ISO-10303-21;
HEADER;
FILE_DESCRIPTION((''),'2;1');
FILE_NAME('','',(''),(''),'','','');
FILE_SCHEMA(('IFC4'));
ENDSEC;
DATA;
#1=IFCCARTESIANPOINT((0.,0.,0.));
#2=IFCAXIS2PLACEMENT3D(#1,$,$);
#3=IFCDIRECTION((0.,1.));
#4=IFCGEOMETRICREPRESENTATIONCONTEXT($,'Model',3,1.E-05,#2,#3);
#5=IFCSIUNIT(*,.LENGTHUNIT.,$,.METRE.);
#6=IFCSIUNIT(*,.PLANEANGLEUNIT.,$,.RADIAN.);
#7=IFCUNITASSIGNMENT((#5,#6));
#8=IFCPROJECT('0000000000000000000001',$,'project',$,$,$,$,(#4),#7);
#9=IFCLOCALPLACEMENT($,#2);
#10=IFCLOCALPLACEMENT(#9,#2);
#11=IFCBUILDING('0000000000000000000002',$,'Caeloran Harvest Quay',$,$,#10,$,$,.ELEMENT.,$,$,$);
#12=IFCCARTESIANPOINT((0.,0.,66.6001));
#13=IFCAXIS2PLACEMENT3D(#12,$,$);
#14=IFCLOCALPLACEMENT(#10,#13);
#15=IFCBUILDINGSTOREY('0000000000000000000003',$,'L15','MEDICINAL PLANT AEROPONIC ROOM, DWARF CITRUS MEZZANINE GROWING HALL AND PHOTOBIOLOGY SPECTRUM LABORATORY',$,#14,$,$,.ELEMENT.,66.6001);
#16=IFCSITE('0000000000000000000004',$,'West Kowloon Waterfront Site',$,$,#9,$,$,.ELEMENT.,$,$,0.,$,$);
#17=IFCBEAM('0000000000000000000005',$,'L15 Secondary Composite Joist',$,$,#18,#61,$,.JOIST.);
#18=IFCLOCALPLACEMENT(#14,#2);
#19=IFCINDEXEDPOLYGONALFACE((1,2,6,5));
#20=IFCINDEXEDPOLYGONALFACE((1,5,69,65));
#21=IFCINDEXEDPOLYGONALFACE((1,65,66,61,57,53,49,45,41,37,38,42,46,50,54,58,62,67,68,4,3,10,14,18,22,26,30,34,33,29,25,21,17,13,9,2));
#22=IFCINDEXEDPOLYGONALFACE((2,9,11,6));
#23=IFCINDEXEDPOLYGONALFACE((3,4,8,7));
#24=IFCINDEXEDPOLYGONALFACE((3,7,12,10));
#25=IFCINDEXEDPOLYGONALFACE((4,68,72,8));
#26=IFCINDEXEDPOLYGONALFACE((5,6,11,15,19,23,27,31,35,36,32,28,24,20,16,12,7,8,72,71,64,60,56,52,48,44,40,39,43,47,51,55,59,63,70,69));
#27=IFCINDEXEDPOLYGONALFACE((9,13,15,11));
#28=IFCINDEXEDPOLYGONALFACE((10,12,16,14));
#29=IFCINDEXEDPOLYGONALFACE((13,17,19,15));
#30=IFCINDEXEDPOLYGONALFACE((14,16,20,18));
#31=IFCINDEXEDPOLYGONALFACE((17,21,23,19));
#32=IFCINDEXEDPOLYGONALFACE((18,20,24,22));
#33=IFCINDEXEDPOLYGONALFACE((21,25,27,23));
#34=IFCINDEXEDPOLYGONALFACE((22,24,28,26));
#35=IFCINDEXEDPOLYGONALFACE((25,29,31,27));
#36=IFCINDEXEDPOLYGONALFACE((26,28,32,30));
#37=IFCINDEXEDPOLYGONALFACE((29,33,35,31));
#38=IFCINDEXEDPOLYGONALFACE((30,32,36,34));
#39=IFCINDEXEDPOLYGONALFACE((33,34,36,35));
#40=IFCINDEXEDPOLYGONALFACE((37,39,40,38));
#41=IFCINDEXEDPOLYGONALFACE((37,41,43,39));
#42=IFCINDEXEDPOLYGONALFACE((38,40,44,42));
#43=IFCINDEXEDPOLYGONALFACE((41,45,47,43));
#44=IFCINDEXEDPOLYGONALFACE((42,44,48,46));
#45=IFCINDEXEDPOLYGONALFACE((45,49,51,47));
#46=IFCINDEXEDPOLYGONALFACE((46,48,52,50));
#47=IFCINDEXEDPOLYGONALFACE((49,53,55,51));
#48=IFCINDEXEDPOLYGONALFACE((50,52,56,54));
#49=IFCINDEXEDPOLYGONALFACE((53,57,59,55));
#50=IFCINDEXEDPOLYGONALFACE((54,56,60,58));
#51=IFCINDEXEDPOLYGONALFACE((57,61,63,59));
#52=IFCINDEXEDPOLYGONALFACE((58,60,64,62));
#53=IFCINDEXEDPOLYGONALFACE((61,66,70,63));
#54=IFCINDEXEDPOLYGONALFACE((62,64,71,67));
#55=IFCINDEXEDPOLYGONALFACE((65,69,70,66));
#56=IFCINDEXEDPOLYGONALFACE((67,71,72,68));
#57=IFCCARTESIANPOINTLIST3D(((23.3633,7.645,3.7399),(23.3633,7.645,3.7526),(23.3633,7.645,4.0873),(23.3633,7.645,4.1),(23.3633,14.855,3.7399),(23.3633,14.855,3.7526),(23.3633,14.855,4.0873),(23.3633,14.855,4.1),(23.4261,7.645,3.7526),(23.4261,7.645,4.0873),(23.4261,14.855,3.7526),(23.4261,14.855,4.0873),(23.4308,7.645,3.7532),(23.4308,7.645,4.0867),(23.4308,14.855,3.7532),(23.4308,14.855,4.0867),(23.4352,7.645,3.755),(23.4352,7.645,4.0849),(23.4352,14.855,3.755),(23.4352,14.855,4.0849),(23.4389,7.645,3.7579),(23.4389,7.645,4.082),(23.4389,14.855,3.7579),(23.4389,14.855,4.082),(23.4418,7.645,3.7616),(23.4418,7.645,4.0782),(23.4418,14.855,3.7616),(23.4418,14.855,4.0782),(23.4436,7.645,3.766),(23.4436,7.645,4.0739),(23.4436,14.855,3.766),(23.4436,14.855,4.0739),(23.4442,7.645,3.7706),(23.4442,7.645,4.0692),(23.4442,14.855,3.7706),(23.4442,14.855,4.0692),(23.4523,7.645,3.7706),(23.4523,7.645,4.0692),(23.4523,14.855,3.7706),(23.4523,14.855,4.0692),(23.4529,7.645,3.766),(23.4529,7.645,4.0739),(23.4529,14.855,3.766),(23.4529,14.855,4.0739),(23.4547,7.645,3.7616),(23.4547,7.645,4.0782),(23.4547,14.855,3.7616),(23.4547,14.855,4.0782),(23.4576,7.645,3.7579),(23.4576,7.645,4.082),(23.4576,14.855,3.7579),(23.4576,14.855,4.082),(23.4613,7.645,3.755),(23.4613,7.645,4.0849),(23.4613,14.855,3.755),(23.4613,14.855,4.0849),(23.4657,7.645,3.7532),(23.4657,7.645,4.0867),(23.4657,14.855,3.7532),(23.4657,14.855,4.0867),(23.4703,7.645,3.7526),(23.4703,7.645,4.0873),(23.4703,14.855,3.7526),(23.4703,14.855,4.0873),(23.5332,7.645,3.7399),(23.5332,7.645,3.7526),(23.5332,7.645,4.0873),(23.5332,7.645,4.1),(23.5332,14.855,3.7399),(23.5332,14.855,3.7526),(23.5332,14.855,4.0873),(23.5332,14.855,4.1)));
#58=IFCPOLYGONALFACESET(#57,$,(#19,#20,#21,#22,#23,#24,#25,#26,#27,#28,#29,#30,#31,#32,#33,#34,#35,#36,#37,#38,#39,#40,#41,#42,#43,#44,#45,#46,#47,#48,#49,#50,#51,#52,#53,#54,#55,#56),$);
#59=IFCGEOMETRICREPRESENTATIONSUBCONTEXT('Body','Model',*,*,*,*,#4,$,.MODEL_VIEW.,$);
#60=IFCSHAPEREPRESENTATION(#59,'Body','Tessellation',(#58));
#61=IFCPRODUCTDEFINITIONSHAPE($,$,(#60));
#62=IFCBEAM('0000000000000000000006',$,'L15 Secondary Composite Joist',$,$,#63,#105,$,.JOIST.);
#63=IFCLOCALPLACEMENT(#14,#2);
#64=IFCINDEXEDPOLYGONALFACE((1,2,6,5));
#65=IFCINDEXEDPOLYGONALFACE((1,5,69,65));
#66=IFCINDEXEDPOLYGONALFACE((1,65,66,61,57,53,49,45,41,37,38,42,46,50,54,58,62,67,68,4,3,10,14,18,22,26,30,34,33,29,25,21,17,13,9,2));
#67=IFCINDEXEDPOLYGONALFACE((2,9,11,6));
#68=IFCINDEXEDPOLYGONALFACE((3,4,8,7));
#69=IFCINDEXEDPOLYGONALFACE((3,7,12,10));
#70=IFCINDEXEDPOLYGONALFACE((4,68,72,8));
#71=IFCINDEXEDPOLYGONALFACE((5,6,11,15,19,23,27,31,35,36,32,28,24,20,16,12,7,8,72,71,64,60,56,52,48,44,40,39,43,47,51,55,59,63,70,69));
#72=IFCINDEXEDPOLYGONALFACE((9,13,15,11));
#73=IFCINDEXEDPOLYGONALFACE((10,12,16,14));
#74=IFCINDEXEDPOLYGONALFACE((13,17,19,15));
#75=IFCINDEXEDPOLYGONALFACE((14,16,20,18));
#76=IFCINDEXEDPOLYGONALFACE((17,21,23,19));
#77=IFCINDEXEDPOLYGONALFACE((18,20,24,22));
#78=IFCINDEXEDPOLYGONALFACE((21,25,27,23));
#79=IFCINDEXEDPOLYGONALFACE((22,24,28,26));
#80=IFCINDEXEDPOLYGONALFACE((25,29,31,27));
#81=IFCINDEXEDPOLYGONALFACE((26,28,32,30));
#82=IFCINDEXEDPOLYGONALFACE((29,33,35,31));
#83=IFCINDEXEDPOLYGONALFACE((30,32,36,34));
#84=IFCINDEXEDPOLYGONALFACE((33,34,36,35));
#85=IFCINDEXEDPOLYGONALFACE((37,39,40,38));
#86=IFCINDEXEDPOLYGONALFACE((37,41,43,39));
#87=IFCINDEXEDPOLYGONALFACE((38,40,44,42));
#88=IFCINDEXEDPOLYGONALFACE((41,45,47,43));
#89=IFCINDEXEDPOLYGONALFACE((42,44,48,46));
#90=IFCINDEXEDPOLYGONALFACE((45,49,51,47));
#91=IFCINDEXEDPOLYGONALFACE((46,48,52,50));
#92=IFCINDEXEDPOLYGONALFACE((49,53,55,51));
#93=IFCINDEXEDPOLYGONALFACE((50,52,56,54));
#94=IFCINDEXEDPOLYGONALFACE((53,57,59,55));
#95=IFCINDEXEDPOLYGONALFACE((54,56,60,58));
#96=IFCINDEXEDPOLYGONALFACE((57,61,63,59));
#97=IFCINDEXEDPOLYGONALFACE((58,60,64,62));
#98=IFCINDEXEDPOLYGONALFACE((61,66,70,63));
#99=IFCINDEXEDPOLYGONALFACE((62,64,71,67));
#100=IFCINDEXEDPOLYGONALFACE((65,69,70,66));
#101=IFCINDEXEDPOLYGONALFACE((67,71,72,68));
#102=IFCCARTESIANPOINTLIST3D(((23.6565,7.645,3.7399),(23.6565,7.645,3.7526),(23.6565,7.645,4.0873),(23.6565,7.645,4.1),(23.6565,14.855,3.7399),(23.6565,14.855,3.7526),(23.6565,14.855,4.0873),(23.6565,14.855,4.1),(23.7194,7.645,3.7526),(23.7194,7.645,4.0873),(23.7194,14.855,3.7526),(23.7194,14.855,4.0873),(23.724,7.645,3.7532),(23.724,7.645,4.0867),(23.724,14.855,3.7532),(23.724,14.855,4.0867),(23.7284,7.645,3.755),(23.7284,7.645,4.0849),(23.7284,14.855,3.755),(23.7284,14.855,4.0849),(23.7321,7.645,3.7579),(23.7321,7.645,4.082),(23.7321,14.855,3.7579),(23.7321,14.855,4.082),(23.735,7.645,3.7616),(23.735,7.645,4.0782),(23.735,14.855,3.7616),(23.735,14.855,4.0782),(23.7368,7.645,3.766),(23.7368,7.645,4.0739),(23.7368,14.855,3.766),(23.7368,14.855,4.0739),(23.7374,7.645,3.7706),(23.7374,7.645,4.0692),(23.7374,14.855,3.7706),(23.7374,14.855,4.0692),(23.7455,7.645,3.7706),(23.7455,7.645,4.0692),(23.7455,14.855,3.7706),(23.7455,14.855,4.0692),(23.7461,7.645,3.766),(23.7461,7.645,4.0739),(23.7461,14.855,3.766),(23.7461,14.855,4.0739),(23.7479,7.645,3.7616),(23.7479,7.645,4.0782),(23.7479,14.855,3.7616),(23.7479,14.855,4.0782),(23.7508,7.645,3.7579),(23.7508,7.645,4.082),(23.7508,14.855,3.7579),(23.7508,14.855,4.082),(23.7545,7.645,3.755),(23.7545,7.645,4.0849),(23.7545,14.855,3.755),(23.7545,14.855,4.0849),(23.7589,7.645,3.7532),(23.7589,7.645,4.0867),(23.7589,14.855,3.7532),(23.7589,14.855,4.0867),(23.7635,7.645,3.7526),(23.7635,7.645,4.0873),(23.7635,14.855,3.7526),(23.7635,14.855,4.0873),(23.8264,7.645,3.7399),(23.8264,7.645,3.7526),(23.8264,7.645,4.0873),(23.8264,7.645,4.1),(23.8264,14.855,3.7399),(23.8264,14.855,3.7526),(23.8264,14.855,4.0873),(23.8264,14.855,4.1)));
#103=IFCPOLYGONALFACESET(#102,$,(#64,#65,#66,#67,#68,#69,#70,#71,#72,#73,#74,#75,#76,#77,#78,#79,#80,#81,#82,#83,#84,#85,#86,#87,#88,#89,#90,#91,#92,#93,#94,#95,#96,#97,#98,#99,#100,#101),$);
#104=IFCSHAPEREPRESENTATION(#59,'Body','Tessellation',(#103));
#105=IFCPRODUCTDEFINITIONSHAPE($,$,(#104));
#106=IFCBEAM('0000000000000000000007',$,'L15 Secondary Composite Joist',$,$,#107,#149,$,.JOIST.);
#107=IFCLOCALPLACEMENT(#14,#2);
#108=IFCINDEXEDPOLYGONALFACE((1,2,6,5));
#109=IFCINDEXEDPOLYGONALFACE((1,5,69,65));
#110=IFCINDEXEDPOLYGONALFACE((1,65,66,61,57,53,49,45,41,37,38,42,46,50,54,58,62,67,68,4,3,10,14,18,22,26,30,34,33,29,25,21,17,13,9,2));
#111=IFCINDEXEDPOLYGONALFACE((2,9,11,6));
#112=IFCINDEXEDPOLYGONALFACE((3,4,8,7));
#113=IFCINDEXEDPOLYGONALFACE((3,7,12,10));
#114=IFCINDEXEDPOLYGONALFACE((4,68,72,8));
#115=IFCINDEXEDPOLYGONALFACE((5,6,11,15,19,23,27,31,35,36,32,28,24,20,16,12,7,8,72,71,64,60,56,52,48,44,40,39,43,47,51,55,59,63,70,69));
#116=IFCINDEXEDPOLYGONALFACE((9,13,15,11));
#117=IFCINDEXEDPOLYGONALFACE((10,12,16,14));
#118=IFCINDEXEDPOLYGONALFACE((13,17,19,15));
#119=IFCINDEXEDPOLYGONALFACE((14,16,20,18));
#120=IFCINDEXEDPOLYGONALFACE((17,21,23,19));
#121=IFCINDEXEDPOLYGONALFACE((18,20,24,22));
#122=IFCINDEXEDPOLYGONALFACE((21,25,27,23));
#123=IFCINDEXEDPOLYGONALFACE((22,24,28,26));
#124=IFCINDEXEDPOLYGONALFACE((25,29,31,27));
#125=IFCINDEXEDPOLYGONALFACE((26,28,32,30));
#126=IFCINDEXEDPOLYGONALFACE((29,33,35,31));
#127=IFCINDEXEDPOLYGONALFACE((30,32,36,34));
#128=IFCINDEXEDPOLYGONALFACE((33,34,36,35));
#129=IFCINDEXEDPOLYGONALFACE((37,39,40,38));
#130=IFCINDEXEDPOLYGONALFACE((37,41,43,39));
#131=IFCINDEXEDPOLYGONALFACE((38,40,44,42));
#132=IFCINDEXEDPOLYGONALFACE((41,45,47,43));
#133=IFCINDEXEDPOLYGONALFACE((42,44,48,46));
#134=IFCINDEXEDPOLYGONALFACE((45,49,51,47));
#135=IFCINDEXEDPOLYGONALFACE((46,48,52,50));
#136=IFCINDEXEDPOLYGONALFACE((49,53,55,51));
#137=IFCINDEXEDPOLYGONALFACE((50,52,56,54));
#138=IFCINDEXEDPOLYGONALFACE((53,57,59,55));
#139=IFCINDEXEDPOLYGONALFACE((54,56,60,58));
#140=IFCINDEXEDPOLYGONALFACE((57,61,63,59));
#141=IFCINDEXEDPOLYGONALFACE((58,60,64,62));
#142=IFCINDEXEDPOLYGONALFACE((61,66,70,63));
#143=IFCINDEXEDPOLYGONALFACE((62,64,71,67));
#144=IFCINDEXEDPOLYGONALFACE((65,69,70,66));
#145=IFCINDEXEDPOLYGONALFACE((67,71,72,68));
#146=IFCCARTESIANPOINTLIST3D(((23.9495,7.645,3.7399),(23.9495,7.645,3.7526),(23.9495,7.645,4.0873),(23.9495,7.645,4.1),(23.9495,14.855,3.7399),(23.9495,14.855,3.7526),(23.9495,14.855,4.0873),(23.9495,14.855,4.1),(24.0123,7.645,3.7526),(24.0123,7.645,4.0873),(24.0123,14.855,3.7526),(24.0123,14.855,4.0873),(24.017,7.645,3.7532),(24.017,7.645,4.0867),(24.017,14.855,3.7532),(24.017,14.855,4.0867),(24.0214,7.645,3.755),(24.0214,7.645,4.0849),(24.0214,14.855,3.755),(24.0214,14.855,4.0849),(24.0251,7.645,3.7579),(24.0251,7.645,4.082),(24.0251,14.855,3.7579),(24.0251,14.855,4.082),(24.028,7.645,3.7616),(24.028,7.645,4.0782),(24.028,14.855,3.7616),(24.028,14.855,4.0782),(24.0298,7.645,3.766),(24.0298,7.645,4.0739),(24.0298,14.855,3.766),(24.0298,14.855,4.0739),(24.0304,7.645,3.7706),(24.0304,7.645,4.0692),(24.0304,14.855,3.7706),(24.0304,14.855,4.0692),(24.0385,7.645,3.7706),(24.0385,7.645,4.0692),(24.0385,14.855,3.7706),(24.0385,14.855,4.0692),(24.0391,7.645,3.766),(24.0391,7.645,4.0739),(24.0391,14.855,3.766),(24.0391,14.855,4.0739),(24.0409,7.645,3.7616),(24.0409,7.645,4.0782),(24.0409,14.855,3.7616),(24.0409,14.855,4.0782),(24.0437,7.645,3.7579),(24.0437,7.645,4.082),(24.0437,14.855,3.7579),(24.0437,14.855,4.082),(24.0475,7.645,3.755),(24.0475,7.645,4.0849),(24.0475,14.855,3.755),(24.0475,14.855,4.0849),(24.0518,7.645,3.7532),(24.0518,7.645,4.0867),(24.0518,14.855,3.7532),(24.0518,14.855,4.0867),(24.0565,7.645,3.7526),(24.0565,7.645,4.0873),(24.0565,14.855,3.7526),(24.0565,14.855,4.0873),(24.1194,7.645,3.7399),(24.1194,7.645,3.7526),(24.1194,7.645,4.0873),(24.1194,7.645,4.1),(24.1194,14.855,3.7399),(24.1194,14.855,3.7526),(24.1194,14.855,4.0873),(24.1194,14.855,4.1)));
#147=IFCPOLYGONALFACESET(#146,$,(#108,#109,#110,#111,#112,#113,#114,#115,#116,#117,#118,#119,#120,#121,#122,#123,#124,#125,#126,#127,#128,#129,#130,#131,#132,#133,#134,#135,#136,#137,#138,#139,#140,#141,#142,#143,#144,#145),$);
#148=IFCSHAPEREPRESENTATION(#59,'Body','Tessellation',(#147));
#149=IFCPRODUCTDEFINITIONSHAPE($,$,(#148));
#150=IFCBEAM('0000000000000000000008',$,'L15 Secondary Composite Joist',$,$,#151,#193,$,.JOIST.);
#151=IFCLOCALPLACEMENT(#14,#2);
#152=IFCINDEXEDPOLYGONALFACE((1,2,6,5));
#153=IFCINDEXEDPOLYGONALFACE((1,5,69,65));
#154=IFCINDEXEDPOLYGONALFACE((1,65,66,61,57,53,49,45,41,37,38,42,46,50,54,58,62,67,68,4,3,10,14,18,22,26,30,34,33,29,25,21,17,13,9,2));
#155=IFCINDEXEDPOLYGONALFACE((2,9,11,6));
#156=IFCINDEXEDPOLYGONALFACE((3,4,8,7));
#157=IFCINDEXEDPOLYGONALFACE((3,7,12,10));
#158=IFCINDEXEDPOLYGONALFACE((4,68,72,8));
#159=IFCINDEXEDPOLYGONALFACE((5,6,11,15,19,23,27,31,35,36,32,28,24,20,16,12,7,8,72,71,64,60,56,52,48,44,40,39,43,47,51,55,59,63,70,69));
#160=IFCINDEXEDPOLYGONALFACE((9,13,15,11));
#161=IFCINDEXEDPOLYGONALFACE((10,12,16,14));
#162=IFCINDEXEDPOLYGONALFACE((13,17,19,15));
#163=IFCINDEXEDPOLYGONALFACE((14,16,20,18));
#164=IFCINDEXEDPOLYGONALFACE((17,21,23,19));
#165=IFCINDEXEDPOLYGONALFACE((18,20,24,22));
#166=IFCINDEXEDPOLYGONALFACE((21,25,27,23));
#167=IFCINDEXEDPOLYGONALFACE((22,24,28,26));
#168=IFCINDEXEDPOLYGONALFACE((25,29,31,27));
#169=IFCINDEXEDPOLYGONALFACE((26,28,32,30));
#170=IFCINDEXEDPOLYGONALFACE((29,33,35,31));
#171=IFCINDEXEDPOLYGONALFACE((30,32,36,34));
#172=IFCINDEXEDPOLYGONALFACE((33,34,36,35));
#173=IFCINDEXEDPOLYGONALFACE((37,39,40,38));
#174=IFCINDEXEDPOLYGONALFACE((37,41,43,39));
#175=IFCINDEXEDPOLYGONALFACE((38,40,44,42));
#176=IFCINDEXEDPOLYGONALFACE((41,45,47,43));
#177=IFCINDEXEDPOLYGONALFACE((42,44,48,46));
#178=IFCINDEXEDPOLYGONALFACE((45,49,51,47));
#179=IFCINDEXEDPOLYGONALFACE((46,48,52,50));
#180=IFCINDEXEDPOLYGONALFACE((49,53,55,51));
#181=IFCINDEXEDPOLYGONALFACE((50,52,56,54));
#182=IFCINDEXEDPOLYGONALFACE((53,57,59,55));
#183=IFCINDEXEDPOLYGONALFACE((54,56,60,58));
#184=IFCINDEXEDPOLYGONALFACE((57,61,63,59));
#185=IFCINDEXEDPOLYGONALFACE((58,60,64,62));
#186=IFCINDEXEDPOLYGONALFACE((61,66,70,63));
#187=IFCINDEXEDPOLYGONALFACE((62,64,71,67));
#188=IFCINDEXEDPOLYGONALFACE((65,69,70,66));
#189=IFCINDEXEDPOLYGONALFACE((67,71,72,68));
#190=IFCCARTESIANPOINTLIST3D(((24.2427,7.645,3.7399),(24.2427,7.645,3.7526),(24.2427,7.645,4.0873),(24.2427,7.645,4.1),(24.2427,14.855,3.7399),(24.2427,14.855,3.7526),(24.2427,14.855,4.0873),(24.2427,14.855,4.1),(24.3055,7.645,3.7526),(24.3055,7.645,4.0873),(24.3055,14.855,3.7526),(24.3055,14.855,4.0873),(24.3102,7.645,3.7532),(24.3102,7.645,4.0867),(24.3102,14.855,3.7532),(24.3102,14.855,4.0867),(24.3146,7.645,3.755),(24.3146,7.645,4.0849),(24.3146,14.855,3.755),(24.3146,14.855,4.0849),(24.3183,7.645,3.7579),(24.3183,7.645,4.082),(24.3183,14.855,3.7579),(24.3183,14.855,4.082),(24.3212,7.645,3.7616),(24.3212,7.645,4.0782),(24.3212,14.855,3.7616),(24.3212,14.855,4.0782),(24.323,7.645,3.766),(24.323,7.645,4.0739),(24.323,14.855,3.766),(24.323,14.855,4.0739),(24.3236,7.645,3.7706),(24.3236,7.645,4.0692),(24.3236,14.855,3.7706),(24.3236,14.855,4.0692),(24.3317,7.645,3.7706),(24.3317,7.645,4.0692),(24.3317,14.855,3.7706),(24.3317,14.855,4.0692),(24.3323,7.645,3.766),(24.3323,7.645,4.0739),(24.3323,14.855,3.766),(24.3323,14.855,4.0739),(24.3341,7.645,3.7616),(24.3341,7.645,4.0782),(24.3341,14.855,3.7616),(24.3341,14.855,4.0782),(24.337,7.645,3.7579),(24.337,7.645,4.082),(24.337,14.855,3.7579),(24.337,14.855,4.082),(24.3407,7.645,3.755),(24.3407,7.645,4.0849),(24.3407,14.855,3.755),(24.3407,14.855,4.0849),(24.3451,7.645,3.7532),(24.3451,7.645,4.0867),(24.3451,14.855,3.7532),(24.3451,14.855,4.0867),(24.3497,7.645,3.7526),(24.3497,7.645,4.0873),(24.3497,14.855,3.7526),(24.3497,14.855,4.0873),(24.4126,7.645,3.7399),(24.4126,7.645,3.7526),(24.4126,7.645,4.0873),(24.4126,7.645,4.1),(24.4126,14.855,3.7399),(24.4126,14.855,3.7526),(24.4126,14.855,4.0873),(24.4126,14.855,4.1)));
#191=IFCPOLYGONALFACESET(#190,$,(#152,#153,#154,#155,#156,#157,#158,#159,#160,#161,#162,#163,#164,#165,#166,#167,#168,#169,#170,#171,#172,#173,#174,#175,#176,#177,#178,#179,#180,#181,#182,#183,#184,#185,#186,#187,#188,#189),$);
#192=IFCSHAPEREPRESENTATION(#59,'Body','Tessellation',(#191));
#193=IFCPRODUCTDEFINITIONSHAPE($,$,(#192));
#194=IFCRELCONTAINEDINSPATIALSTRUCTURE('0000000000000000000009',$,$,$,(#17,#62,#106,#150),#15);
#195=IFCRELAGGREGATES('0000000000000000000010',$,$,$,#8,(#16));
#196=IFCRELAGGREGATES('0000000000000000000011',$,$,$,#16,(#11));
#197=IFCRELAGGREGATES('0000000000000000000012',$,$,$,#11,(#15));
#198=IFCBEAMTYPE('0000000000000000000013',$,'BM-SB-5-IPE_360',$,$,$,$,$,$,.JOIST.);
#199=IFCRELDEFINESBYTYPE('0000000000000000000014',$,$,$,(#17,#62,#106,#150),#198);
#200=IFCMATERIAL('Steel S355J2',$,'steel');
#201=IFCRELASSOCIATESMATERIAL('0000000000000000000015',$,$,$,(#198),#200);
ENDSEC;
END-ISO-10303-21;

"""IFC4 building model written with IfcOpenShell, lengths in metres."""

from ifc_helpers import new_model, si_unit, direction, frame, origin, origin_2d, place, context, subcontext, project, spatial, i_section, extrude, material, material_profile, profile_set, type_object, element, save


model = new_model("IFC4")

# Units and contexts
model_context = context("Model", 3, precision=1e-05, world=origin(), true_north=direction((0.0, 1.0)))
body_context = subcontext(model_context, "Body", "Model", "MODEL_VIEW")
ifc_project = project(units=[si_unit("LENGTHUNIT", "METRE"), si_unit("PLANEANGLEUNIT", "RADIAN")], contexts=[model_context])

# Site, building, storey
site_placement = place(None, origin())
site = spatial("IfcSite", under=ifc_project, at=site_placement, Name="West Kowloon Waterfront Site", CompositionType="ELEMENT", RefElevation=0.0)
building_placement = place(site_placement, origin())
building = spatial("IfcBuilding", under=site, at=building_placement, Name="Caeloran Harvest Quay", CompositionType="ELEMENT")
storey_placement = place(building_placement, frame((0.0, 0.0, 66.6001)))
storey = spatial("IfcBuildingStorey", under=building, at=storey_placement, Name="L15", Description="MEDICINAL PLANT AEROPONIC ROOM, DWARF CITRUS MEZZANINE GROWING HALL AND PHOTOBIOLOGY SPECTRUM LABORATORY", CompositionType="ELEMENT", Elevation=66.6001)

# Beams
ifc_material_1 = material(Name="Steel S355J2", Category="steel")
ifc_material_profile_1 = material_profile(ifc_material_1, i_section(OverallWidth=0.1699, OverallDepth=0.3601, WebThickness=0.0081, FlangeThickness=0.0127, FilletRadius=0.0181, at=origin_2d()), Name="IPE 360")
ifc_profile_set_1 = profile_set([ifc_material_profile_1], Name="Steel S355J2")
beam_type_1 = type_object("IfcBeamType", Name="BM-SB-5-IPE_360", PredefinedType="JOIST", material=ifc_profile_set_1)
for number, where, z_axis, x_axis, name in (
    (1, (23.4482, 7.645, 3.9199), (0.0, 1.0, 0.0), (-1.0, 0.0, 0.0), "L15 Secondary Composite Joist"),
    (2, (23.7415, 7.645, 3.9199), (0.0, 1.0, 0.0), (-1.0, 0.0, 0.0), "L15 Secondary Composite Joist"),
    (3, (24.0344, 7.645, 3.9199), (0.0, 1.0, 0.0), (-1.0, 0.0, 0.0), "L15 Secondary Composite Joist"),
    (4, (24.3276, 7.645, 3.9199), (0.0, 1.0, 0.0), (-1.0, 0.0, 0.0), "L15 Secondary Composite Joist"),
):
    element("IfcBeam", number, at=place(storey_placement, frame(where, z_axis=z_axis, x_axis=x_axis)), inside=storey, type_object=beam_type_1, Name=name, PredefinedType="JOIST", context=body_context, shape_type="SweptSolid", body=[
        extrude(i_section(OverallWidth=0.1699, OverallDepth=0.3601, WebThickness=0.0081, FlangeThickness=0.0127, FilletRadius=0.0181, at=origin_2d()), origin(), (0.0, 0.0, 1.0), 7.21),
    ])

save(model, "model.ifc")
